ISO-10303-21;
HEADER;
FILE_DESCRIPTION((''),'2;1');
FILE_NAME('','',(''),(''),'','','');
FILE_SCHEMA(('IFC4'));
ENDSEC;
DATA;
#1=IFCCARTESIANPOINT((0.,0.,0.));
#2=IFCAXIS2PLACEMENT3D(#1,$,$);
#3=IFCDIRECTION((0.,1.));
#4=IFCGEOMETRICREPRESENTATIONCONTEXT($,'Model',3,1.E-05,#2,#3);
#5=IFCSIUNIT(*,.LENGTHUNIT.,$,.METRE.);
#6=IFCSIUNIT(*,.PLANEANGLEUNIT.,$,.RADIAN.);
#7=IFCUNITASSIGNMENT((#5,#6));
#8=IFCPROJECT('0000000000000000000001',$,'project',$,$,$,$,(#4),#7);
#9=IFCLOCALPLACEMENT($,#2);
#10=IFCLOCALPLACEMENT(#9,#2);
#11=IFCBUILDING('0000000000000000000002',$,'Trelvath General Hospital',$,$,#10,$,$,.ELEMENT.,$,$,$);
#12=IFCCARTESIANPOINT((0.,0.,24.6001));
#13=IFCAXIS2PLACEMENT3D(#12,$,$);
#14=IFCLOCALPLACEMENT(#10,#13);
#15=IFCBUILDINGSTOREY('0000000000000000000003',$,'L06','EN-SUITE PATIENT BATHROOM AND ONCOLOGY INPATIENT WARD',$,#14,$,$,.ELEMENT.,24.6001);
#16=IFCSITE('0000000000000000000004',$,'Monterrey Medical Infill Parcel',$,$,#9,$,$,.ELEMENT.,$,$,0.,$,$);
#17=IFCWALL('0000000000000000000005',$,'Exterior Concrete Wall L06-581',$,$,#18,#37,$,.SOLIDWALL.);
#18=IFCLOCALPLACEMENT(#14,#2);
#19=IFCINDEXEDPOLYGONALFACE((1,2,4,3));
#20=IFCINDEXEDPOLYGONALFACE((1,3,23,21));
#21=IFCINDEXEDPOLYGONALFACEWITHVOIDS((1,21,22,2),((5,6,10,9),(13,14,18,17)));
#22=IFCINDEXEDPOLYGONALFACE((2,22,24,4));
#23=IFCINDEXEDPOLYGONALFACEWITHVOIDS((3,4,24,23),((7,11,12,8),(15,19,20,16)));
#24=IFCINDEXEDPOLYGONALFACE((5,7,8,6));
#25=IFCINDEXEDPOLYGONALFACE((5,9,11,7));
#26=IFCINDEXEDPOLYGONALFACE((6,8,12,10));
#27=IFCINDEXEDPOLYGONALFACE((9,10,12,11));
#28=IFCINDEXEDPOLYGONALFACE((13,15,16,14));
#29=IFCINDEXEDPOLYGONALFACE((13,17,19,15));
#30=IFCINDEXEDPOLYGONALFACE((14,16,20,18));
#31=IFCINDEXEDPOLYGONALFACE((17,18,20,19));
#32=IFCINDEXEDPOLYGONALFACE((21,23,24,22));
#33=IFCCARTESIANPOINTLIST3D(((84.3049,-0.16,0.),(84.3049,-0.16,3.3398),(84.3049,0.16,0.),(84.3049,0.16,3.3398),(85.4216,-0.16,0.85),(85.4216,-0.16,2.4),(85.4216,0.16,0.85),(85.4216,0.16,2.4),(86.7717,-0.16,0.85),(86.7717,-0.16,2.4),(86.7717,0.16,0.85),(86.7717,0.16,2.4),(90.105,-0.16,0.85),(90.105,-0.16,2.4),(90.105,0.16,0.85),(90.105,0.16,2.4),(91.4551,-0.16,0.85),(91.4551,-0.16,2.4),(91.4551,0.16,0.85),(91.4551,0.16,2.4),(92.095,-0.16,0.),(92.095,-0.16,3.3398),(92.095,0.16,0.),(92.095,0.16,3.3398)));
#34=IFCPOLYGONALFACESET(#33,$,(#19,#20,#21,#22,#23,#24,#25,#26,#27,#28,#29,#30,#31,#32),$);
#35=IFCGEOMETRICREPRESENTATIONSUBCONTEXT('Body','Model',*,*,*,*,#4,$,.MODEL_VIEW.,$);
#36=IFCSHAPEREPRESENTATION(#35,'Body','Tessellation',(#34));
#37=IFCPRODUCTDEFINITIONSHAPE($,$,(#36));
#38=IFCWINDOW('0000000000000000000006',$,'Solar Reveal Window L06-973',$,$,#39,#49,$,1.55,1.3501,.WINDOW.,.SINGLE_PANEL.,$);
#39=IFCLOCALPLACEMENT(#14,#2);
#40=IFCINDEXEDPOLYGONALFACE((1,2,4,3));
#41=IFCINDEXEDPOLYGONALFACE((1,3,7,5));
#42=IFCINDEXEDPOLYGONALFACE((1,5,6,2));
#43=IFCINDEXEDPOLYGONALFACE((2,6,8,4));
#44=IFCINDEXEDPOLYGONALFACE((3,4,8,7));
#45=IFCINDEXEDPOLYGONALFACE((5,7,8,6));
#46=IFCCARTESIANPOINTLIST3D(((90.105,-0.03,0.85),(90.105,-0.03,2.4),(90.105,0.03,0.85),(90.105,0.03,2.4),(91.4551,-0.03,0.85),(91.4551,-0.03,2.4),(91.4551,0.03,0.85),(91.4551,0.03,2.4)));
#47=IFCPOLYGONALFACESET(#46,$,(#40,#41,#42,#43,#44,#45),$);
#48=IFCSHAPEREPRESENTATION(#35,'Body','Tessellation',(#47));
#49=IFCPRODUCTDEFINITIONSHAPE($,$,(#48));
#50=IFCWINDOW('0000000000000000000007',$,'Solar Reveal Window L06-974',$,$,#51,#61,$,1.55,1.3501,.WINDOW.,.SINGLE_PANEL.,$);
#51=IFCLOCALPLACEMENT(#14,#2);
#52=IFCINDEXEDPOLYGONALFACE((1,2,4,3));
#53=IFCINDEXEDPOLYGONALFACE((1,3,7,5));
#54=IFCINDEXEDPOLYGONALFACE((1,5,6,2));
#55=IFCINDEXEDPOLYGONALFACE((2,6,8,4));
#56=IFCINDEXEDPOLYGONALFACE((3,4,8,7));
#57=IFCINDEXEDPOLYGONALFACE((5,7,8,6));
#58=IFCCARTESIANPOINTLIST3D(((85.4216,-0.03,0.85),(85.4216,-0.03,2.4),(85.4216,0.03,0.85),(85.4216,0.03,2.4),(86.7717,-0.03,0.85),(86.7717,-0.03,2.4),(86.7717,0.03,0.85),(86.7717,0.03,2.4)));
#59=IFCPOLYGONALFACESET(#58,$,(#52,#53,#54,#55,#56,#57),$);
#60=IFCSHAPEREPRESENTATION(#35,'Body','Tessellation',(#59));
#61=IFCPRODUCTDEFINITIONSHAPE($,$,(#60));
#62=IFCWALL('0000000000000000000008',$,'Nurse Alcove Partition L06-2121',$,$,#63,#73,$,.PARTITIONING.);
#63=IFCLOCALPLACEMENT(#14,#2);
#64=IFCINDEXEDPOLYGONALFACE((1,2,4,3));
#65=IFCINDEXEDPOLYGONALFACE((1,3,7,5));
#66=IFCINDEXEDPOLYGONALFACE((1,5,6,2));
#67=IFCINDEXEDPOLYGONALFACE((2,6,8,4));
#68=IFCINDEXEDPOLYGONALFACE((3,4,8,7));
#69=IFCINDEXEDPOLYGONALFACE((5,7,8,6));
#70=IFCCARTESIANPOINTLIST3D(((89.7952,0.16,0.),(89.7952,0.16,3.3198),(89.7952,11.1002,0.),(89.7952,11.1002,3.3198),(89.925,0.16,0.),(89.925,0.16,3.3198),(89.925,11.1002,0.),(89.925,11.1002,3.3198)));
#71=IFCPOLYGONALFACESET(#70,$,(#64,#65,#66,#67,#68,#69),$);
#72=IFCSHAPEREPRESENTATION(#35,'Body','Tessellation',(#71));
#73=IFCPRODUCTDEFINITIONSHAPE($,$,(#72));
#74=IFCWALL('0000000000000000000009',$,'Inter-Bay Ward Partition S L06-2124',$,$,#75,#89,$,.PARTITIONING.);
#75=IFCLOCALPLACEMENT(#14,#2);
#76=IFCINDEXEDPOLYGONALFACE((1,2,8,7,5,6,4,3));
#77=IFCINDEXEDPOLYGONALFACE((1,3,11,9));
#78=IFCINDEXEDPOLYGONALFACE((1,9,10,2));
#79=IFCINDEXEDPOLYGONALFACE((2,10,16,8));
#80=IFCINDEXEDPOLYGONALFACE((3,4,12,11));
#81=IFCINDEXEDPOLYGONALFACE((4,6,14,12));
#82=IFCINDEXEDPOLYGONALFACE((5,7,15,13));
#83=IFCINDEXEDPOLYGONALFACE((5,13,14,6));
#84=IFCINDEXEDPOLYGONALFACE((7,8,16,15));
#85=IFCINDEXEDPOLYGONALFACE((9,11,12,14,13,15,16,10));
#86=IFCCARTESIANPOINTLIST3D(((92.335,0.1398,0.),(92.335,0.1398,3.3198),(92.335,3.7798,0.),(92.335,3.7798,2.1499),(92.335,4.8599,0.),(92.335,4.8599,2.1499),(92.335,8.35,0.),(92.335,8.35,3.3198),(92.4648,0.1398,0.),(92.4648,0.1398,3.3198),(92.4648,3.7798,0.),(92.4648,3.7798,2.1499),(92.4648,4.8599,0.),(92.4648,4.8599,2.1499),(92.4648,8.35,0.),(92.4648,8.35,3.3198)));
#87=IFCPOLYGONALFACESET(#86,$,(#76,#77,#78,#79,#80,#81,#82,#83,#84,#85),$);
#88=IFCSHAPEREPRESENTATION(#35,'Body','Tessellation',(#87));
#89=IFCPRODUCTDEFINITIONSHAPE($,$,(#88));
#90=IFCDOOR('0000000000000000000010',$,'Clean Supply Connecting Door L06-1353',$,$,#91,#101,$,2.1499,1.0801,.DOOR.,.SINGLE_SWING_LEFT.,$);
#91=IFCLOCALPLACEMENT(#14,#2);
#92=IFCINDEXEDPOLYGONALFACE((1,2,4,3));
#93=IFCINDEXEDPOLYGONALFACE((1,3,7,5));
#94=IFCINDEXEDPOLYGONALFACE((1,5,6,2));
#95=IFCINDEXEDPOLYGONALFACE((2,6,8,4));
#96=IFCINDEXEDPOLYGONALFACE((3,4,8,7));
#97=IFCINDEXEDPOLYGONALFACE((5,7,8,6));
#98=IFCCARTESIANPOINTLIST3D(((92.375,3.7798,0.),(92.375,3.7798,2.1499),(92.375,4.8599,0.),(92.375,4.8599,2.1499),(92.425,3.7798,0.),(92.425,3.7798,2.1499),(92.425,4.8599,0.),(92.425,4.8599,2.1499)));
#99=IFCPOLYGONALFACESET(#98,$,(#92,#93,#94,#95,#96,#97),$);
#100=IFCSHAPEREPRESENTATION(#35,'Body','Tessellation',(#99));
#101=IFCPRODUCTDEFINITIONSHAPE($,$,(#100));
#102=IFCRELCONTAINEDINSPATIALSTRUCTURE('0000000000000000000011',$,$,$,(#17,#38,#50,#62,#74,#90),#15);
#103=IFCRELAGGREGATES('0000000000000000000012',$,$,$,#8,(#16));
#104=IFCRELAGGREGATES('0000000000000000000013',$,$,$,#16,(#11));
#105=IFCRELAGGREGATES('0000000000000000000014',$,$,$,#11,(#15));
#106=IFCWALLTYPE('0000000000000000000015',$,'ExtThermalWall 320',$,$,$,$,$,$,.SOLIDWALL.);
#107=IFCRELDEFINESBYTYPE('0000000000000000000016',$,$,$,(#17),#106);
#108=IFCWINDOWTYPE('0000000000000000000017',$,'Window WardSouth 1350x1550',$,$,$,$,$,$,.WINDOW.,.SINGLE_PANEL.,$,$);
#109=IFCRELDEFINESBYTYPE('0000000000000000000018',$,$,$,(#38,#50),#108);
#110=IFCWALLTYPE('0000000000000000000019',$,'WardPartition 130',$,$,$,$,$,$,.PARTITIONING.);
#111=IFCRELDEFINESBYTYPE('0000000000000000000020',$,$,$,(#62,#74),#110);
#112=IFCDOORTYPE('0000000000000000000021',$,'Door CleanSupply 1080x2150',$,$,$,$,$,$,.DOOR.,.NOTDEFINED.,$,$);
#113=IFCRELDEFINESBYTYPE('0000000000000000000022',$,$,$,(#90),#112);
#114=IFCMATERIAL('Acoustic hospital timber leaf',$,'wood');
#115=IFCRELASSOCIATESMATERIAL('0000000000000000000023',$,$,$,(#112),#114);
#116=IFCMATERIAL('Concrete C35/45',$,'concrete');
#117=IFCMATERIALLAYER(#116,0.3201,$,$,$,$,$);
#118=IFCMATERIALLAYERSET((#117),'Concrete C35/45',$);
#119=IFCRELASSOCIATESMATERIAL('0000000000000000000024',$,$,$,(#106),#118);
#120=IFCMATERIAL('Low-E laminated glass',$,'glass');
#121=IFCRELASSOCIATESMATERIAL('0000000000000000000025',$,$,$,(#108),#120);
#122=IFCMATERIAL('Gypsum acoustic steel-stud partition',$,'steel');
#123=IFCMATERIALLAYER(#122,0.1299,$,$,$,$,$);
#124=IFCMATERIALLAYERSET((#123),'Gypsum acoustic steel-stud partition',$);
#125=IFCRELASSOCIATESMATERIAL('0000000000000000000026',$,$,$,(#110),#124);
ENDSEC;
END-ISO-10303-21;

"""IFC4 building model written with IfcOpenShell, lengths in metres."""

from ifc_helpers import new_model, si_unit, direction, frame, frame_2d, origin, place, context, subcontext, project, spatial, rectangle, extrude, material, layer, layer_set, type_object, element, fill, save


model = new_model("IFC4")

# Units and contexts
model_context = context("Model", 3, precision=1e-05, world=origin(), true_north=direction((0.0, 1.0)))
body_context = subcontext(model_context, "Body", "Model", "MODEL_VIEW")
ifc_project = project(units=[si_unit("LENGTHUNIT", "METRE"), si_unit("PLANEANGLEUNIT", "RADIAN")], contexts=[model_context])

# Site, building, storey
site_placement = place(None, origin())
site = spatial("IfcSite", under=ifc_project, at=site_placement, Name="Monterrey Medical Infill Parcel", CompositionType="ELEMENT", RefElevation=0.0)
building_placement = place(site_placement, origin())
building = spatial("IfcBuilding", under=site, at=building_placement, Name="Trelvath General Hospital", CompositionType="ELEMENT")
storey_placement = place(building_placement, frame((0.0, 0.0, 24.6001)))
storey = spatial("IfcBuildingStorey", under=building, at=storey_placement, Name="L06", Description="EN-SUITE PATIENT BATHROOM AND ONCOLOGY INPATIENT WARD", CompositionType="ELEMENT", Elevation=24.6001)

# Shared definitions
ifc_material_1 = material(Name="Acoustic hospital timber leaf", Category="wood")
door_type = type_object("IfcDoorType", Name="Door CleanSupply 1080x2150", OperationType="NOTDEFINED", PredefinedType="DOOR", material=ifc_material_1)

# Wall, openings, windows
ifc_material_2 = material(Name="Concrete C35/45", Category="concrete")
ifc_layer_1 = layer(ifc_material_2, 0.3201)
ifc_layer_set_1 = layer_set([ifc_layer_1], Name="Concrete C35/45")
wall_type_1 = type_object("IfcWallType", Name="ExtThermalWall 320", PredefinedType="SOLIDWALL", material=ifc_layer_set_1)
wall_1_placement = place(storey_placement, frame((92.095, 0.0, 0.0), z_axis=(0.0, 0.0, 1.0), x_axis=(-1.0, 0.0, 0.0)))
wall_1 = element("IfcWall", 1, at=wall_1_placement, inside=storey, type_object=wall_type_1, Name="Exterior Concrete Wall L06-581", PredefinedType="SOLIDWALL", context=body_context, shape_type="SweptSolid", body=[
    extrude(rectangle(XDim=7.79, YDim=0.3201, at=frame_2d((3.895, 0.0))), origin(), (0.0, 0.0, 1.0), 3.3398),
])
opening_1_placement = place(wall_1_placement, frame((0.6399, 0.0, 0.8501)))
opening_1 = element("IfcOpeningElement", 2, at=opening_1_placement, cuts=wall_1, PredefinedType="OPENING", context=body_context, shape_type="SweptSolid", body=[
    extrude(rectangle(XDim=1.3501, YDim=1.55, at=frame_2d((0.675, 0.7749))), frame((0.0, 0.1699, 0.0), z_axis=(0.0, -1.0, 0.0), x_axis=(1.0, 0.0, 0.0)), (0.0, 0.0, 1.0), 0.3401),
])
opening_2_placement = place(wall_1_placement, frame((5.3232, 0.0, 0.8501)))
opening_2 = element("IfcOpeningElement", 3, at=opening_2_placement, cuts=wall_1, PredefinedType="OPENING", context=body_context, shape_type="SweptSolid", body=[
    extrude(rectangle(XDim=1.3501, YDim=1.55, at=frame_2d((0.675, 0.7749))), frame((0.0, 0.1699, 0.0), z_axis=(0.0, -1.0, 0.0), x_axis=(1.0, 0.0, 0.0)), (0.0, 0.0, 1.0), 0.3401),
])
ifc_material_3 = material(Name="Low-E laminated glass", Category="glass")
window_type = type_object("IfcWindowType", Name="Window WardSouth 1350x1550", PartitioningType="SINGLE_PANEL", PredefinedType="WINDOW", material=ifc_material_3)
window_1_placement = place(opening_1_placement, origin())
window_1 = element("IfcWindow", 4, at=window_1_placement, inside=storey, type_object=window_type, Name="Solar Reveal Window L06-973", OverallHeight=1.55, OverallWidth=1.3501, PartitioningType="SINGLE_PANEL", PredefinedType="WINDOW", context=body_context, shape_type="SweptSolid", body=[
    extrude(rectangle(XDim=1.3501, YDim=1.55, at=frame_2d((0.675, 0.7749))), frame((0.0, 0.03, 0.0), z_axis=(0.0, -1.0, 0.0), x_axis=(1.0, 0.0, 0.0)), (0.0, 0.0, 1.0), 0.0601),
])
fill(opening_1, window_1)
window_2_placement = place(opening_2_placement, origin())
window_2 = element("IfcWindow", 5, at=window_2_placement, inside=storey, type_object=window_type, Name="Solar Reveal Window L06-974", OverallHeight=1.55, OverallWidth=1.3501, PartitioningType="SINGLE_PANEL", PredefinedType="WINDOW", context=body_context, shape_type="SweptSolid", body=[
    extrude(rectangle(XDim=1.3501, YDim=1.55, at=frame_2d((0.675, 0.7749))), frame((0.0, 0.03, 0.0), z_axis=(0.0, -1.0, 0.0), x_axis=(1.0, 0.0, 0.0)), (0.0, 0.0, 1.0), 0.0601),
])
fill(opening_2, window_2)

# Wall
ifc_material_4 = material(Name="Gypsum acoustic steel-stud partition", Category="steel")
ifc_layer_2 = layer(ifc_material_4, 0.1299)
ifc_layer_set_2 = layer_set([ifc_layer_2], Name="Gypsum acoustic steel-stud partition")
wall_type_2 = type_object("IfcWallType", Name="WardPartition 130", PredefinedType="PARTITIONING", material=ifc_layer_set_2)
wall_2_placement = place(storey_placement, frame((89.8601, 0.1599, 0.0), z_axis=(0.0, 0.0, 1.0), x_axis=(0.0, 1.0, 0.0)))
element("IfcWall", 6, at=wall_2_placement, inside=storey, type_object=wall_type_2, Name="Nurse Alcove Partition L06-2121", PredefinedType="PARTITIONING", context=body_context, shape_type="SweptSolid", body=[
    extrude(rectangle(XDim=10.9402, YDim=0.1299, at=frame_2d((5.4702, 0.0))), origin(), (0.0, 0.0, 1.0), 3.3198),
])

# Wall, opening, door
wall_3_placement = place(storey_placement, frame((92.3999, 0.1399, 0.0), z_axis=(0.0, 0.0, 1.0), x_axis=(0.0, 1.0, 0.0)))
wall_3 = element("IfcWall", 7, at=wall_3_placement, inside=storey, type_object=wall_type_2, Name="Inter-Bay Ward Partition S L06-2124", PredefinedType="PARTITIONING", context=body_context, shape_type="SweptSolid", body=[
    extrude(rectangle(XDim=8.2102, YDim=0.1299, at=frame_2d((4.105, 0.0))), origin(), (0.0, 0.0, 1.0), 3.3198),
])
opening_3_placement = place(wall_3_placement, frame((3.6399, 0.0, 0.0)))
opening_3 = element("IfcOpeningElement", 8, at=opening_3_placement, cuts=wall_3, PredefinedType="OPENING", context=body_context, shape_type="SweptSolid", body=[
    extrude(rectangle(XDim=1.0801, YDim=2.1499, at=frame_2d((0.54, 1.075))), frame((0.0, 0.075, 0.0), z_axis=(0.0, -1.0, 0.0), x_axis=(1.0, 0.0, 0.0)), (0.0, 0.0, 1.0), 0.1499),
])
door_1_placement = place(opening_3_placement, origin())
door_1 = element("IfcDoor", 9, at=door_1_placement, inside=storey, type_object=door_type, Name="Clean Supply Connecting Door L06-1353", OperationType="SINGLE_SWING_LEFT", OverallHeight=2.1499, OverallWidth=1.0801, PredefinedType="DOOR", context=body_context, shape_type="SweptSolid", body=[
    extrude(rectangle(XDim=1.0801, YDim=2.1499, at=frame_2d((0.54, 1.075))), frame((0.0, 0.0249, 0.0), z_axis=(0.0, -1.0, 0.0), x_axis=(1.0, 0.0, 0.0)), (0.0, 0.0, 1.0), 0.05),
])
fill(opening_3, door_1)

save(model, "model.ifc")
